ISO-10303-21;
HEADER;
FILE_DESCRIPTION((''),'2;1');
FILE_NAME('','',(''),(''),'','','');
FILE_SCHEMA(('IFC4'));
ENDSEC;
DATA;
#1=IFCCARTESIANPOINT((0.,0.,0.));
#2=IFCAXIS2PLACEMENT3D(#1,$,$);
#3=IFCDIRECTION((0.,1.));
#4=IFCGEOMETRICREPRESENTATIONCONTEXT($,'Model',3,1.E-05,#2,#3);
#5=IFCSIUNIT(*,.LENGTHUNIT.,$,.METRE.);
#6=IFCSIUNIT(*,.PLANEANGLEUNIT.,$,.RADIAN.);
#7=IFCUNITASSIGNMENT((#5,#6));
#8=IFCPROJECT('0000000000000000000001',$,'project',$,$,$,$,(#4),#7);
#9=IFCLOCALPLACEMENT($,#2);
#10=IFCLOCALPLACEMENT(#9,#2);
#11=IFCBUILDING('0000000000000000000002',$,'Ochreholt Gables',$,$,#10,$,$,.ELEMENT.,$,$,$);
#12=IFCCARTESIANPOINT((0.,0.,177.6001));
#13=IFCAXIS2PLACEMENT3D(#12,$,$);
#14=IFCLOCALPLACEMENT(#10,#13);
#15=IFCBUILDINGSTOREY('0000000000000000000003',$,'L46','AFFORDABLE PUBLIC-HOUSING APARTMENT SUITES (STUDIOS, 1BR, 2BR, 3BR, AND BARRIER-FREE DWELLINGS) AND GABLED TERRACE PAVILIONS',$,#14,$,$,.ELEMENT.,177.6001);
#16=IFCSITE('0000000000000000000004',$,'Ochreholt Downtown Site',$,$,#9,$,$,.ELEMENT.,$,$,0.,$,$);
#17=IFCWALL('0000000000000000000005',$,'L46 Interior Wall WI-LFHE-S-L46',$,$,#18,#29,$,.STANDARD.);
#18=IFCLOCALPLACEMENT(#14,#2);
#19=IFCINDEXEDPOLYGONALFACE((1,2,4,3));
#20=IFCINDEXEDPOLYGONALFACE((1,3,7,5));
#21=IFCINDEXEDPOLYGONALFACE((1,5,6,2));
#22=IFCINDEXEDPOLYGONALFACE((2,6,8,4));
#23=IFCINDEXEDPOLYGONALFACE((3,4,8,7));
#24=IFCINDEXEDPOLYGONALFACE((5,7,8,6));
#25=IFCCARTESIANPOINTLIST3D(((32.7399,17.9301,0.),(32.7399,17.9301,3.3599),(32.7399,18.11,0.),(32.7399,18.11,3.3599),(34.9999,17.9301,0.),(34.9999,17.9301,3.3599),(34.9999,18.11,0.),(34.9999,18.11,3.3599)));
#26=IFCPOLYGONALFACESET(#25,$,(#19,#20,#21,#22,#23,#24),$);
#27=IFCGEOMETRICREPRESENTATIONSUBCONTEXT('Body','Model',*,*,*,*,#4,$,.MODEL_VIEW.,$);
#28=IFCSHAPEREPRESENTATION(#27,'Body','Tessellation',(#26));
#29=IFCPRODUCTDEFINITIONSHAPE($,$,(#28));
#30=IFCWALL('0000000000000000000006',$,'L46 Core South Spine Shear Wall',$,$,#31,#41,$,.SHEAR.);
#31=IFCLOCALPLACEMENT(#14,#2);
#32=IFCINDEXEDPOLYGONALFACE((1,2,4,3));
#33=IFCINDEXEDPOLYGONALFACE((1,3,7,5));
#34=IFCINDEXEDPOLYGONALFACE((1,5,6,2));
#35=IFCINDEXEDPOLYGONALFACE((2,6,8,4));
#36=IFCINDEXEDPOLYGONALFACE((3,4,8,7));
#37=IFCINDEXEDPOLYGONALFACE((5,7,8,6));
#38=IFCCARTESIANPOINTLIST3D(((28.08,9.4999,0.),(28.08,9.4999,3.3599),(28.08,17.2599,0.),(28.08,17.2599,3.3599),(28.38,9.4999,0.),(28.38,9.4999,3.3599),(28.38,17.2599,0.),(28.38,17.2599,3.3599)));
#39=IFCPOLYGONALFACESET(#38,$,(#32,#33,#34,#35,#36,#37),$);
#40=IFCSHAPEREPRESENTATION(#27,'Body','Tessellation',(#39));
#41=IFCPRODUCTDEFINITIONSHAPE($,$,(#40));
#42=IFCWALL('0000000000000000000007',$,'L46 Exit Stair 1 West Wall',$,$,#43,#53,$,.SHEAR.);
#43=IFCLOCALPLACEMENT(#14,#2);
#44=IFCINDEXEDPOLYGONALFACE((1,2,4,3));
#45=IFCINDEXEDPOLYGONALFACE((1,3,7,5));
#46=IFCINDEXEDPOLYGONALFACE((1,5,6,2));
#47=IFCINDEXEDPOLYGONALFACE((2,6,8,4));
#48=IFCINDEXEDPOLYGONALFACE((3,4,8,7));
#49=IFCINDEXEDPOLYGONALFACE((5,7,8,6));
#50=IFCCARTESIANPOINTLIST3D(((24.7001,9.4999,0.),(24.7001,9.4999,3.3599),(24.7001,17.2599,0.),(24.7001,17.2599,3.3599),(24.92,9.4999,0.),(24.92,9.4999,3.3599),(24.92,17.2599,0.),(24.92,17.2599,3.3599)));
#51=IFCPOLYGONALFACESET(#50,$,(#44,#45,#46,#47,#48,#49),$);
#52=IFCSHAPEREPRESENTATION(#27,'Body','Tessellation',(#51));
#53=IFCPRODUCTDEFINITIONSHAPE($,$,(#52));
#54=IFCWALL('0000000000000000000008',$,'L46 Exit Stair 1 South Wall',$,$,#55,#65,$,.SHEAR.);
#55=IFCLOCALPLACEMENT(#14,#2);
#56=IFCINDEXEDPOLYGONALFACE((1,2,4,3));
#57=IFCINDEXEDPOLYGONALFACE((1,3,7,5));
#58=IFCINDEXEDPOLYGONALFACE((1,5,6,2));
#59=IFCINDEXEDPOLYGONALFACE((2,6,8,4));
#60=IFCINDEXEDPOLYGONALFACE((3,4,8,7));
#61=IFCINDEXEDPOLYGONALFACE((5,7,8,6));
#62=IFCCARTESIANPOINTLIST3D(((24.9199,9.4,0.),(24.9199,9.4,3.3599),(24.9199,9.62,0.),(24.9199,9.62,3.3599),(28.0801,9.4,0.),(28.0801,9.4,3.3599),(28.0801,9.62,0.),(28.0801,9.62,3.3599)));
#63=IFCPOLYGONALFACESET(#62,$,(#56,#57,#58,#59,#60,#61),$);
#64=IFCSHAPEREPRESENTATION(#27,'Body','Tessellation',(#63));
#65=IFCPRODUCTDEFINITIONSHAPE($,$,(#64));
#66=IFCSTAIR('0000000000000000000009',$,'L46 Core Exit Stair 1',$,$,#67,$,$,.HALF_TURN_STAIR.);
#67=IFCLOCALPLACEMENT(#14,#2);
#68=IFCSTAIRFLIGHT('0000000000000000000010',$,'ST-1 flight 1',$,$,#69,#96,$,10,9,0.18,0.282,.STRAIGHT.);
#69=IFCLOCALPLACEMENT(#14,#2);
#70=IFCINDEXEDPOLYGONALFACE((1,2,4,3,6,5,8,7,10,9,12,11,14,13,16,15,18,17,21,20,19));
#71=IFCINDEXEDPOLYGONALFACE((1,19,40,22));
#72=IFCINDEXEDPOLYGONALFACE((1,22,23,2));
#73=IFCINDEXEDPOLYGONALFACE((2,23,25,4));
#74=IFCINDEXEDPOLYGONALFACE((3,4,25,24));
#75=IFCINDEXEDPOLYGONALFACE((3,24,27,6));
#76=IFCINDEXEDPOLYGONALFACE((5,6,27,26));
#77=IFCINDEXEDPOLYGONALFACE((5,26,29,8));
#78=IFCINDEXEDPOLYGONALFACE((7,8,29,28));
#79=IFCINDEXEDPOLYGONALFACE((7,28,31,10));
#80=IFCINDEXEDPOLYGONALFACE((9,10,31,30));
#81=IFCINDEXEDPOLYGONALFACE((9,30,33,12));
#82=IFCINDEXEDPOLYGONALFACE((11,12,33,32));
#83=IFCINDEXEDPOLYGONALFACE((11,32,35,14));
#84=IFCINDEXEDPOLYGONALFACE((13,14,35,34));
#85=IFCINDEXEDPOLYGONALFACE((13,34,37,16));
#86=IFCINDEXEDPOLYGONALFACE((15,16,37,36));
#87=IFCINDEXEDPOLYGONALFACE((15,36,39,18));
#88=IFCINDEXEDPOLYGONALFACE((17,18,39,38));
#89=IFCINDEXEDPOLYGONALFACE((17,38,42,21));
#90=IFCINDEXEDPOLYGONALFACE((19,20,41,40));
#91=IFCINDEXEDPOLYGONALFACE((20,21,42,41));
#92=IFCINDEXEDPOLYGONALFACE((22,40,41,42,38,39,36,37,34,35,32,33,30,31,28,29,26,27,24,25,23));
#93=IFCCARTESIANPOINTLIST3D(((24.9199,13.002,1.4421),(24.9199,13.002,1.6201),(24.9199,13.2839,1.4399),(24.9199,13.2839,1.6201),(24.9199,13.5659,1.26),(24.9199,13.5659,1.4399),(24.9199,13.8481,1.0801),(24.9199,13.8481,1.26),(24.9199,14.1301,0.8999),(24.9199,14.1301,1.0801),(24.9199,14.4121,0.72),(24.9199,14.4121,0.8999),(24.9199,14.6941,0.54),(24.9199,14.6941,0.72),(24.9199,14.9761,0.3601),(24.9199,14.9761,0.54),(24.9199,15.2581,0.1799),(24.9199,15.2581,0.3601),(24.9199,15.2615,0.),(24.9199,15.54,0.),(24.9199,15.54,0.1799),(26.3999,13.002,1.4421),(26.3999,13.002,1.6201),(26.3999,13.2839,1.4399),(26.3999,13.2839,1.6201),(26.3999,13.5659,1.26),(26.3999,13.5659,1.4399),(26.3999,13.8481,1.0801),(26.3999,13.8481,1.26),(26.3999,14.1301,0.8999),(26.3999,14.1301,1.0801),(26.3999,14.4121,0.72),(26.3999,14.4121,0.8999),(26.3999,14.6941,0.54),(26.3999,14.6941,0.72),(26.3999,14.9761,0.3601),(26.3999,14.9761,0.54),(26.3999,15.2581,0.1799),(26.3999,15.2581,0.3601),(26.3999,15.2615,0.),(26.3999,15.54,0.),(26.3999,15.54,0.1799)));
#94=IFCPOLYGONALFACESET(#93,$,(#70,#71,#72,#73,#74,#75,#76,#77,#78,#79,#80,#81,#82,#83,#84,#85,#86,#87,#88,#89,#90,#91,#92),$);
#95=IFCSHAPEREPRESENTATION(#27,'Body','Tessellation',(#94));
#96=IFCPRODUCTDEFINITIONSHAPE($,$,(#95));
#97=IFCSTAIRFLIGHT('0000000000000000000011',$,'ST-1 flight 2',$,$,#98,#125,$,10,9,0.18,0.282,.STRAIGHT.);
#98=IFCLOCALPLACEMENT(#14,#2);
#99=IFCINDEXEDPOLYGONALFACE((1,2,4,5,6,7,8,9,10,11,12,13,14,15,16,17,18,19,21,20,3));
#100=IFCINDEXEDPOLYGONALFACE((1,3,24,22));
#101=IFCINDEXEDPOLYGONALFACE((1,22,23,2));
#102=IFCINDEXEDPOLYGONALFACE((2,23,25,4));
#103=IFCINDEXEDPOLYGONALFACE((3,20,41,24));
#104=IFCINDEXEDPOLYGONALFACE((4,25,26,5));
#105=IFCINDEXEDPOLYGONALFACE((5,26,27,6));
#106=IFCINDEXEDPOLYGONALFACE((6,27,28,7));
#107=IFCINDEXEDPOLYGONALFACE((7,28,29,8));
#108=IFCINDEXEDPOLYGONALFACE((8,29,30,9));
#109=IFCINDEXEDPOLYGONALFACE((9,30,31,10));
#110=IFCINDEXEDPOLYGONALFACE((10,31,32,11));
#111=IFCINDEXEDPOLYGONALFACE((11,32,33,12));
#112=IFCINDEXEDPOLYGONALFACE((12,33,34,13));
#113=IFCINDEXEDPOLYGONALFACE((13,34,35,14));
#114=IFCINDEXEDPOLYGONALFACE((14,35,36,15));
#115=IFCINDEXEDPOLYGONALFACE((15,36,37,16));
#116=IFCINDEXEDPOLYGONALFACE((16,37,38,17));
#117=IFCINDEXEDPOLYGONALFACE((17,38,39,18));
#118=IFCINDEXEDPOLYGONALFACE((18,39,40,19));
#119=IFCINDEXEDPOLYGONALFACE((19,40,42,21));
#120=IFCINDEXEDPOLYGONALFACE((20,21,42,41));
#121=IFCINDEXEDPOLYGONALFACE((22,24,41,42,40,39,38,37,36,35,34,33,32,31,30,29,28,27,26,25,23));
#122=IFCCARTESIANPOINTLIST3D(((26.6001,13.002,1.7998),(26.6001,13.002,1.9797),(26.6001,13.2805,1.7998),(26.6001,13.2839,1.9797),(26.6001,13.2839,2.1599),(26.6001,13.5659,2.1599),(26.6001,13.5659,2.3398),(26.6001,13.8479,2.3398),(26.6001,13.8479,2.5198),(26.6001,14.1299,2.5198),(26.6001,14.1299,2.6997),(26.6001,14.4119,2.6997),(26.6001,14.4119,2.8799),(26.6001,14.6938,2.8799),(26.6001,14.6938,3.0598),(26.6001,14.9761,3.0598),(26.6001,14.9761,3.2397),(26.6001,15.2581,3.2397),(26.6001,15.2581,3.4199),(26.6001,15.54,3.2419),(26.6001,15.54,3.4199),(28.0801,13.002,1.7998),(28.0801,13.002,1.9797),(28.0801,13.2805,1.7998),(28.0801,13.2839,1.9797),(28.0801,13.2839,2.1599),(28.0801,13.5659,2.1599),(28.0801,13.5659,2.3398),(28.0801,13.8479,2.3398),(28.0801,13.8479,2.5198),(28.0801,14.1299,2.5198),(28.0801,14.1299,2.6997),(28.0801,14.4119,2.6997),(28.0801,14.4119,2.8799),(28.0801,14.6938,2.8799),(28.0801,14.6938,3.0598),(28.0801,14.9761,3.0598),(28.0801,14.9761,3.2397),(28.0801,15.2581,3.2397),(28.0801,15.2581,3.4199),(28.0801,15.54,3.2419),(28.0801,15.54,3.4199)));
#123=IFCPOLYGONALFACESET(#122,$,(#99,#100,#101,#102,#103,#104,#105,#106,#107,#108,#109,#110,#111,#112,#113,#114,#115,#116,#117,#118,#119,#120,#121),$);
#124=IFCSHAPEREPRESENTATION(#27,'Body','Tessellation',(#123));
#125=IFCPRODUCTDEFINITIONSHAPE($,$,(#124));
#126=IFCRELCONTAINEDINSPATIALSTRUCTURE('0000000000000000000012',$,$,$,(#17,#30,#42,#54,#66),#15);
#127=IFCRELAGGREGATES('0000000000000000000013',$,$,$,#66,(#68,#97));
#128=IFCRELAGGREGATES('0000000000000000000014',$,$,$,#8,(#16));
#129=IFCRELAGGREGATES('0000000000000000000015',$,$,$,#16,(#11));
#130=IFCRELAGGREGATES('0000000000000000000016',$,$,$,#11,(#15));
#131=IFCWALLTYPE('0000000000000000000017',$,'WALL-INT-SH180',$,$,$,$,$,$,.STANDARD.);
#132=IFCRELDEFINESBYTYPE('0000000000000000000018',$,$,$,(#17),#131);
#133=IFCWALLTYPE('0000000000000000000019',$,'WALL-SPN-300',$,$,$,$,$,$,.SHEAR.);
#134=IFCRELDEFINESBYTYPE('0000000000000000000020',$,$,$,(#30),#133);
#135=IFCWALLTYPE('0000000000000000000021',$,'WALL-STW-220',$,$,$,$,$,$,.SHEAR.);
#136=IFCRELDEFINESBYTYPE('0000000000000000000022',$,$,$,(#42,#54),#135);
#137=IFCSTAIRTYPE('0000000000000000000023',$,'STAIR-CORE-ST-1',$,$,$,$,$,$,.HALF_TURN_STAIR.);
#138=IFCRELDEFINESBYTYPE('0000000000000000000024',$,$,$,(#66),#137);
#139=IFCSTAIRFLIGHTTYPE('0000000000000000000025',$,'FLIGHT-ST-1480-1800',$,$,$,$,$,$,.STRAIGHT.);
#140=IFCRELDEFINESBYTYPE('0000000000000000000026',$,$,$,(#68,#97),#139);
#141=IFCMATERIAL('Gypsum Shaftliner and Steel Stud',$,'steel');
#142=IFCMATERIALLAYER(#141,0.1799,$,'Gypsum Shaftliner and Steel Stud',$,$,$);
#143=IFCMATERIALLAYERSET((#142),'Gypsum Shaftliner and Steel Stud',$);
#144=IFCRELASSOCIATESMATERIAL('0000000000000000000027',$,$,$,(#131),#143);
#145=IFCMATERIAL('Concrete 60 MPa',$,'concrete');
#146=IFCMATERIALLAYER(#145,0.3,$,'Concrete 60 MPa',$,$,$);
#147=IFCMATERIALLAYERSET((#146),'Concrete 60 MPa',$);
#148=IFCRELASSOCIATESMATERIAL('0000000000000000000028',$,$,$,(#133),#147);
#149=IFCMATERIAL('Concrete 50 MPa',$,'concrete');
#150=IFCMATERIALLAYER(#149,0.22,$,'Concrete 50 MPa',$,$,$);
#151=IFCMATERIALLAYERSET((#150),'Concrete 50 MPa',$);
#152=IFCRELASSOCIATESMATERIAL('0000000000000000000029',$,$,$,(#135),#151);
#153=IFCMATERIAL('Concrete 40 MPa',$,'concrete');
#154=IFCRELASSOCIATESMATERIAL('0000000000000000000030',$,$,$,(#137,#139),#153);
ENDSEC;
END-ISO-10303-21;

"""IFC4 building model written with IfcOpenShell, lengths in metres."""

from ifc_helpers import new_model, si_unit, direction, frame, frame_2d, origin, place, context, subcontext, project, spatial, polyline, rectangle, outline, extrude, material, layer, layer_set, type_object, element, aggregate, save


model = new_model("IFC4")

# Units and contexts
model_context = context("Model", 3, precision=1e-05, world=origin(), true_north=direction((0.0, 1.0)))
body_context = subcontext(model_context, "Body", "Model", "MODEL_VIEW")
ifc_project = project(units=[si_unit("LENGTHUNIT", "METRE"), si_unit("PLANEANGLEUNIT", "RADIAN")], contexts=[model_context])

# Site, building, storey
site_placement = place(None, origin())
site = spatial("IfcSite", under=ifc_project, at=site_placement, Name="Ochreholt Downtown Site", CompositionType="ELEMENT", RefElevation=0.0)
building_placement = place(site_placement, origin())
building = spatial("IfcBuilding", under=site, at=building_placement, Name="Ochreholt Gables", CompositionType="ELEMENT")
storey_placement = place(building_placement, frame((0.0, 0.0, 177.6001)))
storey = spatial("IfcBuildingStorey", under=building, at=storey_placement, Name="L46", Description="AFFORDABLE PUBLIC-HOUSING APARTMENT SUITES (STUDIOS, 1BR, 2BR, 3BR, AND BARRIER-FREE DWELLINGS) AND GABLED TERRACE PAVILIONS", CompositionType="ELEMENT", Elevation=177.6001)

# Shared definitions
ifc_material_1 = material(Name="Concrete 50 MPa", Category="concrete")

# Shared definitions
ifc_material_2 = material(Name="Concrete 60 MPa", Category="concrete")
ifc_material_3 = material(Name="Concrete 40 MPa", Category="concrete")

# Walls
ifc_material_4 = material(Name="Gypsum Shaftliner and Steel Stud", Category="steel")
ifc_layer_1 = layer(ifc_material_4, 0.1799, Name="Gypsum Shaftliner and Steel Stud")
ifc_layer_set_1 = layer_set([ifc_layer_1], Name="Gypsum Shaftliner and Steel Stud")
wall_type_1 = type_object("IfcWallType", Name="WALL-INT-SH180", PredefinedType="STANDARD", material=ifc_layer_set_1)
wall_1_placement = place(storey_placement, frame((32.74, 18.02, 0.0), z_axis=(0.0, 0.0, 1.0), x_axis=(1.0, 0.0, 0.0)))
element("IfcWall", 1, at=wall_1_placement, inside=storey, type_object=wall_type_1, Name="L46 Interior Wall WI-LFHE-S-L46", PredefinedType="STANDARD", context=body_context, shape_type="SweptSolid", body=[
    extrude(rectangle(XDim=2.26, YDim=0.1799, at=frame_2d((1.1299, 0.0))), origin(), (0.0, 0.0, 1.0), 3.3599),
])
ifc_layer_2 = layer(ifc_material_2, 0.3, Name="Concrete 60 MPa")
ifc_layer_set_2 = layer_set([ifc_layer_2], Name="Concrete 60 MPa")
wall_type_2 = type_object("IfcWallType", Name="WALL-SPN-300", PredefinedType="SHEAR", material=ifc_layer_set_2)
wall_2_placement = place(storey_placement, frame((28.23, 9.5, 0.0), z_axis=(0.0, 0.0, 1.0), x_axis=(0.0, 1.0, 0.0)))
element("IfcWall", 2, at=wall_2_placement, inside=storey, type_object=wall_type_2, Name="L46 Core South Spine Shear Wall", PredefinedType="SHEAR", context=body_context, shape_type="SweptSolid", body=[
    extrude(rectangle(XDim=7.76, YDim=0.3, at=frame_2d((3.8799, 0.0))), origin(), (0.0, 0.0, 1.0), 3.3599),
])
ifc_layer_3 = layer(ifc_material_1, 0.22, Name="Concrete 50 MPa")
ifc_layer_set_3 = layer_set([ifc_layer_3], Name="Concrete 50 MPa")
wall_type_3 = type_object("IfcWallType", Name="WALL-STW-220", PredefinedType="SHEAR", material=ifc_layer_set_3)
wall_3_placement = place(storey_placement, frame((24.8101, 9.5, 0.0), z_axis=(0.0, 0.0, 1.0), x_axis=(0.0, 1.0, 0.0)))
element("IfcWall", 3, at=wall_3_placement, inside=storey, type_object=wall_type_3, Name="L46 Exit Stair 1 West Wall", PredefinedType="SHEAR", context=body_context, shape_type="SweptSolid", body=[
    extrude(rectangle(XDim=7.76, YDim=0.22, at=frame_2d((3.8799, 0.0))), origin(), (0.0, 0.0, 1.0), 3.3599),
])
wall_4_placement = place(storey_placement, frame((24.9199, 9.51, 0.0), z_axis=(0.0, 0.0, 1.0), x_axis=(1.0, 0.0, 0.0)))
element("IfcWall", 4, at=wall_4_placement, inside=storey, type_object=wall_type_3, Name="L46 Exit Stair 1 South Wall", PredefinedType="SHEAR", context=body_context, shape_type="SweptSolid", body=[
    extrude(rectangle(XDim=3.1602, YDim=0.22, at=frame_2d((1.5801, 0.0))), origin(), (0.0, 0.0, 1.0), 3.3599),
])

# Stair, stair flights
stair_type = type_object("IfcStairType", Name="STAIR-CORE-ST-1", PredefinedType="HALF_TURN_STAIR", material=ifc_material_3)
stair_placement = place(storey_placement, origin())
stair = element("IfcStair", 5, at=stair_placement, inside=storey, type_object=stair_type, Name="L46 Core Exit Stair 1", PredefinedType="HALF_TURN_STAIR")
stair_flight_type = type_object("IfcStairFlightType", Name="FLIGHT-ST-1480-1800", PredefinedType="STRAIGHT", material=ifc_material_3)
stair_flight_1_placement = place(storey_placement, frame((25.6599, 15.54, 0.0), z_axis=(0.0, 0.0, 1.0), x_axis=(0.0, -1.0, 0.0)))
stair_flight_1 = element("IfcStairFlight", 6, at=stair_flight_1_placement, type_object=stair_flight_type, Name="ST-1 flight 1", NumberOfRisers=10, NumberOfTreads=9, PredefinedType="STRAIGHT", RiserHeight=0.18, TreadLength=0.282, context=body_context, shape_type="SweptSolid", body=[
    extrude(outline(polyline([(0.0, 0.0), (0.0, 0.1799), (0.282, 0.1799), (0.282, 0.3601), (0.564, 0.3601), (0.564, 0.54), (0.8459, 0.54), (0.8459, 0.72), (1.1279, 0.72), (1.1279, 0.8999), (1.4099, 0.8999), (1.4099, 1.0801), (1.6919, 1.0801), (1.6919, 1.26), (1.9741, 1.26), (1.9741, 1.4399), (2.2561, 1.4399), (2.2561, 1.6201), (2.5381, 1.6201), (2.5381, 1.8), (2.5381, 1.4421), (0.2786, 0.0), (0.0, 0.0)])), frame((0.0, 0.74, 0.0), z_axis=(0.0, -1.0, 0.0), x_axis=(1.0, 0.0, 0.0)), (0.0, 0.0, 1.0), 1.48),
])
stair_flight_2_placement = place(storey_placement, frame((27.3401, 13.002, 1.7998), z_axis=(0.0, 0.0, 1.0), x_axis=(0.0, 1.0, 0.0)))
stair_flight_2 = element("IfcStairFlight", 7, at=stair_flight_2_placement, type_object=stair_flight_type, Name="ST-1 flight 2", NumberOfRisers=10, NumberOfTreads=9, PredefinedType="STRAIGHT", RiserHeight=0.18, TreadLength=0.282, context=body_context, shape_type="SweptSolid", body=[
    extrude(outline(polyline([(0.0, 0.0), (0.0, 0.1799), (0.282, 0.1799), (0.282, 0.3601), (0.564, 0.3601), (0.564, 0.54), (0.8459, 0.54), (0.8459, 0.72), (1.1279, 0.72), (1.1279, 0.8999), (1.4099, 0.8999), (1.4099, 1.0801), (1.6919, 1.0801), (1.6919, 1.26), (1.9741, 1.26), (1.9741, 1.4399), (2.2561, 1.4399), (2.2561, 1.6201), (2.5381, 1.6201), (2.5381, 1.8), (2.5381, 1.4421), (0.2786, 0.0), (0.0, 0.0)])), frame((0.0, 0.74, 0.0), z_axis=(0.0, -1.0, 0.0), x_axis=(1.0, 0.0, 0.0)), (0.0, 0.0, 1.0), 1.48),
])
aggregate(stair, [stair_flight_1, stair_flight_2])

save(model, "model.ifc")
